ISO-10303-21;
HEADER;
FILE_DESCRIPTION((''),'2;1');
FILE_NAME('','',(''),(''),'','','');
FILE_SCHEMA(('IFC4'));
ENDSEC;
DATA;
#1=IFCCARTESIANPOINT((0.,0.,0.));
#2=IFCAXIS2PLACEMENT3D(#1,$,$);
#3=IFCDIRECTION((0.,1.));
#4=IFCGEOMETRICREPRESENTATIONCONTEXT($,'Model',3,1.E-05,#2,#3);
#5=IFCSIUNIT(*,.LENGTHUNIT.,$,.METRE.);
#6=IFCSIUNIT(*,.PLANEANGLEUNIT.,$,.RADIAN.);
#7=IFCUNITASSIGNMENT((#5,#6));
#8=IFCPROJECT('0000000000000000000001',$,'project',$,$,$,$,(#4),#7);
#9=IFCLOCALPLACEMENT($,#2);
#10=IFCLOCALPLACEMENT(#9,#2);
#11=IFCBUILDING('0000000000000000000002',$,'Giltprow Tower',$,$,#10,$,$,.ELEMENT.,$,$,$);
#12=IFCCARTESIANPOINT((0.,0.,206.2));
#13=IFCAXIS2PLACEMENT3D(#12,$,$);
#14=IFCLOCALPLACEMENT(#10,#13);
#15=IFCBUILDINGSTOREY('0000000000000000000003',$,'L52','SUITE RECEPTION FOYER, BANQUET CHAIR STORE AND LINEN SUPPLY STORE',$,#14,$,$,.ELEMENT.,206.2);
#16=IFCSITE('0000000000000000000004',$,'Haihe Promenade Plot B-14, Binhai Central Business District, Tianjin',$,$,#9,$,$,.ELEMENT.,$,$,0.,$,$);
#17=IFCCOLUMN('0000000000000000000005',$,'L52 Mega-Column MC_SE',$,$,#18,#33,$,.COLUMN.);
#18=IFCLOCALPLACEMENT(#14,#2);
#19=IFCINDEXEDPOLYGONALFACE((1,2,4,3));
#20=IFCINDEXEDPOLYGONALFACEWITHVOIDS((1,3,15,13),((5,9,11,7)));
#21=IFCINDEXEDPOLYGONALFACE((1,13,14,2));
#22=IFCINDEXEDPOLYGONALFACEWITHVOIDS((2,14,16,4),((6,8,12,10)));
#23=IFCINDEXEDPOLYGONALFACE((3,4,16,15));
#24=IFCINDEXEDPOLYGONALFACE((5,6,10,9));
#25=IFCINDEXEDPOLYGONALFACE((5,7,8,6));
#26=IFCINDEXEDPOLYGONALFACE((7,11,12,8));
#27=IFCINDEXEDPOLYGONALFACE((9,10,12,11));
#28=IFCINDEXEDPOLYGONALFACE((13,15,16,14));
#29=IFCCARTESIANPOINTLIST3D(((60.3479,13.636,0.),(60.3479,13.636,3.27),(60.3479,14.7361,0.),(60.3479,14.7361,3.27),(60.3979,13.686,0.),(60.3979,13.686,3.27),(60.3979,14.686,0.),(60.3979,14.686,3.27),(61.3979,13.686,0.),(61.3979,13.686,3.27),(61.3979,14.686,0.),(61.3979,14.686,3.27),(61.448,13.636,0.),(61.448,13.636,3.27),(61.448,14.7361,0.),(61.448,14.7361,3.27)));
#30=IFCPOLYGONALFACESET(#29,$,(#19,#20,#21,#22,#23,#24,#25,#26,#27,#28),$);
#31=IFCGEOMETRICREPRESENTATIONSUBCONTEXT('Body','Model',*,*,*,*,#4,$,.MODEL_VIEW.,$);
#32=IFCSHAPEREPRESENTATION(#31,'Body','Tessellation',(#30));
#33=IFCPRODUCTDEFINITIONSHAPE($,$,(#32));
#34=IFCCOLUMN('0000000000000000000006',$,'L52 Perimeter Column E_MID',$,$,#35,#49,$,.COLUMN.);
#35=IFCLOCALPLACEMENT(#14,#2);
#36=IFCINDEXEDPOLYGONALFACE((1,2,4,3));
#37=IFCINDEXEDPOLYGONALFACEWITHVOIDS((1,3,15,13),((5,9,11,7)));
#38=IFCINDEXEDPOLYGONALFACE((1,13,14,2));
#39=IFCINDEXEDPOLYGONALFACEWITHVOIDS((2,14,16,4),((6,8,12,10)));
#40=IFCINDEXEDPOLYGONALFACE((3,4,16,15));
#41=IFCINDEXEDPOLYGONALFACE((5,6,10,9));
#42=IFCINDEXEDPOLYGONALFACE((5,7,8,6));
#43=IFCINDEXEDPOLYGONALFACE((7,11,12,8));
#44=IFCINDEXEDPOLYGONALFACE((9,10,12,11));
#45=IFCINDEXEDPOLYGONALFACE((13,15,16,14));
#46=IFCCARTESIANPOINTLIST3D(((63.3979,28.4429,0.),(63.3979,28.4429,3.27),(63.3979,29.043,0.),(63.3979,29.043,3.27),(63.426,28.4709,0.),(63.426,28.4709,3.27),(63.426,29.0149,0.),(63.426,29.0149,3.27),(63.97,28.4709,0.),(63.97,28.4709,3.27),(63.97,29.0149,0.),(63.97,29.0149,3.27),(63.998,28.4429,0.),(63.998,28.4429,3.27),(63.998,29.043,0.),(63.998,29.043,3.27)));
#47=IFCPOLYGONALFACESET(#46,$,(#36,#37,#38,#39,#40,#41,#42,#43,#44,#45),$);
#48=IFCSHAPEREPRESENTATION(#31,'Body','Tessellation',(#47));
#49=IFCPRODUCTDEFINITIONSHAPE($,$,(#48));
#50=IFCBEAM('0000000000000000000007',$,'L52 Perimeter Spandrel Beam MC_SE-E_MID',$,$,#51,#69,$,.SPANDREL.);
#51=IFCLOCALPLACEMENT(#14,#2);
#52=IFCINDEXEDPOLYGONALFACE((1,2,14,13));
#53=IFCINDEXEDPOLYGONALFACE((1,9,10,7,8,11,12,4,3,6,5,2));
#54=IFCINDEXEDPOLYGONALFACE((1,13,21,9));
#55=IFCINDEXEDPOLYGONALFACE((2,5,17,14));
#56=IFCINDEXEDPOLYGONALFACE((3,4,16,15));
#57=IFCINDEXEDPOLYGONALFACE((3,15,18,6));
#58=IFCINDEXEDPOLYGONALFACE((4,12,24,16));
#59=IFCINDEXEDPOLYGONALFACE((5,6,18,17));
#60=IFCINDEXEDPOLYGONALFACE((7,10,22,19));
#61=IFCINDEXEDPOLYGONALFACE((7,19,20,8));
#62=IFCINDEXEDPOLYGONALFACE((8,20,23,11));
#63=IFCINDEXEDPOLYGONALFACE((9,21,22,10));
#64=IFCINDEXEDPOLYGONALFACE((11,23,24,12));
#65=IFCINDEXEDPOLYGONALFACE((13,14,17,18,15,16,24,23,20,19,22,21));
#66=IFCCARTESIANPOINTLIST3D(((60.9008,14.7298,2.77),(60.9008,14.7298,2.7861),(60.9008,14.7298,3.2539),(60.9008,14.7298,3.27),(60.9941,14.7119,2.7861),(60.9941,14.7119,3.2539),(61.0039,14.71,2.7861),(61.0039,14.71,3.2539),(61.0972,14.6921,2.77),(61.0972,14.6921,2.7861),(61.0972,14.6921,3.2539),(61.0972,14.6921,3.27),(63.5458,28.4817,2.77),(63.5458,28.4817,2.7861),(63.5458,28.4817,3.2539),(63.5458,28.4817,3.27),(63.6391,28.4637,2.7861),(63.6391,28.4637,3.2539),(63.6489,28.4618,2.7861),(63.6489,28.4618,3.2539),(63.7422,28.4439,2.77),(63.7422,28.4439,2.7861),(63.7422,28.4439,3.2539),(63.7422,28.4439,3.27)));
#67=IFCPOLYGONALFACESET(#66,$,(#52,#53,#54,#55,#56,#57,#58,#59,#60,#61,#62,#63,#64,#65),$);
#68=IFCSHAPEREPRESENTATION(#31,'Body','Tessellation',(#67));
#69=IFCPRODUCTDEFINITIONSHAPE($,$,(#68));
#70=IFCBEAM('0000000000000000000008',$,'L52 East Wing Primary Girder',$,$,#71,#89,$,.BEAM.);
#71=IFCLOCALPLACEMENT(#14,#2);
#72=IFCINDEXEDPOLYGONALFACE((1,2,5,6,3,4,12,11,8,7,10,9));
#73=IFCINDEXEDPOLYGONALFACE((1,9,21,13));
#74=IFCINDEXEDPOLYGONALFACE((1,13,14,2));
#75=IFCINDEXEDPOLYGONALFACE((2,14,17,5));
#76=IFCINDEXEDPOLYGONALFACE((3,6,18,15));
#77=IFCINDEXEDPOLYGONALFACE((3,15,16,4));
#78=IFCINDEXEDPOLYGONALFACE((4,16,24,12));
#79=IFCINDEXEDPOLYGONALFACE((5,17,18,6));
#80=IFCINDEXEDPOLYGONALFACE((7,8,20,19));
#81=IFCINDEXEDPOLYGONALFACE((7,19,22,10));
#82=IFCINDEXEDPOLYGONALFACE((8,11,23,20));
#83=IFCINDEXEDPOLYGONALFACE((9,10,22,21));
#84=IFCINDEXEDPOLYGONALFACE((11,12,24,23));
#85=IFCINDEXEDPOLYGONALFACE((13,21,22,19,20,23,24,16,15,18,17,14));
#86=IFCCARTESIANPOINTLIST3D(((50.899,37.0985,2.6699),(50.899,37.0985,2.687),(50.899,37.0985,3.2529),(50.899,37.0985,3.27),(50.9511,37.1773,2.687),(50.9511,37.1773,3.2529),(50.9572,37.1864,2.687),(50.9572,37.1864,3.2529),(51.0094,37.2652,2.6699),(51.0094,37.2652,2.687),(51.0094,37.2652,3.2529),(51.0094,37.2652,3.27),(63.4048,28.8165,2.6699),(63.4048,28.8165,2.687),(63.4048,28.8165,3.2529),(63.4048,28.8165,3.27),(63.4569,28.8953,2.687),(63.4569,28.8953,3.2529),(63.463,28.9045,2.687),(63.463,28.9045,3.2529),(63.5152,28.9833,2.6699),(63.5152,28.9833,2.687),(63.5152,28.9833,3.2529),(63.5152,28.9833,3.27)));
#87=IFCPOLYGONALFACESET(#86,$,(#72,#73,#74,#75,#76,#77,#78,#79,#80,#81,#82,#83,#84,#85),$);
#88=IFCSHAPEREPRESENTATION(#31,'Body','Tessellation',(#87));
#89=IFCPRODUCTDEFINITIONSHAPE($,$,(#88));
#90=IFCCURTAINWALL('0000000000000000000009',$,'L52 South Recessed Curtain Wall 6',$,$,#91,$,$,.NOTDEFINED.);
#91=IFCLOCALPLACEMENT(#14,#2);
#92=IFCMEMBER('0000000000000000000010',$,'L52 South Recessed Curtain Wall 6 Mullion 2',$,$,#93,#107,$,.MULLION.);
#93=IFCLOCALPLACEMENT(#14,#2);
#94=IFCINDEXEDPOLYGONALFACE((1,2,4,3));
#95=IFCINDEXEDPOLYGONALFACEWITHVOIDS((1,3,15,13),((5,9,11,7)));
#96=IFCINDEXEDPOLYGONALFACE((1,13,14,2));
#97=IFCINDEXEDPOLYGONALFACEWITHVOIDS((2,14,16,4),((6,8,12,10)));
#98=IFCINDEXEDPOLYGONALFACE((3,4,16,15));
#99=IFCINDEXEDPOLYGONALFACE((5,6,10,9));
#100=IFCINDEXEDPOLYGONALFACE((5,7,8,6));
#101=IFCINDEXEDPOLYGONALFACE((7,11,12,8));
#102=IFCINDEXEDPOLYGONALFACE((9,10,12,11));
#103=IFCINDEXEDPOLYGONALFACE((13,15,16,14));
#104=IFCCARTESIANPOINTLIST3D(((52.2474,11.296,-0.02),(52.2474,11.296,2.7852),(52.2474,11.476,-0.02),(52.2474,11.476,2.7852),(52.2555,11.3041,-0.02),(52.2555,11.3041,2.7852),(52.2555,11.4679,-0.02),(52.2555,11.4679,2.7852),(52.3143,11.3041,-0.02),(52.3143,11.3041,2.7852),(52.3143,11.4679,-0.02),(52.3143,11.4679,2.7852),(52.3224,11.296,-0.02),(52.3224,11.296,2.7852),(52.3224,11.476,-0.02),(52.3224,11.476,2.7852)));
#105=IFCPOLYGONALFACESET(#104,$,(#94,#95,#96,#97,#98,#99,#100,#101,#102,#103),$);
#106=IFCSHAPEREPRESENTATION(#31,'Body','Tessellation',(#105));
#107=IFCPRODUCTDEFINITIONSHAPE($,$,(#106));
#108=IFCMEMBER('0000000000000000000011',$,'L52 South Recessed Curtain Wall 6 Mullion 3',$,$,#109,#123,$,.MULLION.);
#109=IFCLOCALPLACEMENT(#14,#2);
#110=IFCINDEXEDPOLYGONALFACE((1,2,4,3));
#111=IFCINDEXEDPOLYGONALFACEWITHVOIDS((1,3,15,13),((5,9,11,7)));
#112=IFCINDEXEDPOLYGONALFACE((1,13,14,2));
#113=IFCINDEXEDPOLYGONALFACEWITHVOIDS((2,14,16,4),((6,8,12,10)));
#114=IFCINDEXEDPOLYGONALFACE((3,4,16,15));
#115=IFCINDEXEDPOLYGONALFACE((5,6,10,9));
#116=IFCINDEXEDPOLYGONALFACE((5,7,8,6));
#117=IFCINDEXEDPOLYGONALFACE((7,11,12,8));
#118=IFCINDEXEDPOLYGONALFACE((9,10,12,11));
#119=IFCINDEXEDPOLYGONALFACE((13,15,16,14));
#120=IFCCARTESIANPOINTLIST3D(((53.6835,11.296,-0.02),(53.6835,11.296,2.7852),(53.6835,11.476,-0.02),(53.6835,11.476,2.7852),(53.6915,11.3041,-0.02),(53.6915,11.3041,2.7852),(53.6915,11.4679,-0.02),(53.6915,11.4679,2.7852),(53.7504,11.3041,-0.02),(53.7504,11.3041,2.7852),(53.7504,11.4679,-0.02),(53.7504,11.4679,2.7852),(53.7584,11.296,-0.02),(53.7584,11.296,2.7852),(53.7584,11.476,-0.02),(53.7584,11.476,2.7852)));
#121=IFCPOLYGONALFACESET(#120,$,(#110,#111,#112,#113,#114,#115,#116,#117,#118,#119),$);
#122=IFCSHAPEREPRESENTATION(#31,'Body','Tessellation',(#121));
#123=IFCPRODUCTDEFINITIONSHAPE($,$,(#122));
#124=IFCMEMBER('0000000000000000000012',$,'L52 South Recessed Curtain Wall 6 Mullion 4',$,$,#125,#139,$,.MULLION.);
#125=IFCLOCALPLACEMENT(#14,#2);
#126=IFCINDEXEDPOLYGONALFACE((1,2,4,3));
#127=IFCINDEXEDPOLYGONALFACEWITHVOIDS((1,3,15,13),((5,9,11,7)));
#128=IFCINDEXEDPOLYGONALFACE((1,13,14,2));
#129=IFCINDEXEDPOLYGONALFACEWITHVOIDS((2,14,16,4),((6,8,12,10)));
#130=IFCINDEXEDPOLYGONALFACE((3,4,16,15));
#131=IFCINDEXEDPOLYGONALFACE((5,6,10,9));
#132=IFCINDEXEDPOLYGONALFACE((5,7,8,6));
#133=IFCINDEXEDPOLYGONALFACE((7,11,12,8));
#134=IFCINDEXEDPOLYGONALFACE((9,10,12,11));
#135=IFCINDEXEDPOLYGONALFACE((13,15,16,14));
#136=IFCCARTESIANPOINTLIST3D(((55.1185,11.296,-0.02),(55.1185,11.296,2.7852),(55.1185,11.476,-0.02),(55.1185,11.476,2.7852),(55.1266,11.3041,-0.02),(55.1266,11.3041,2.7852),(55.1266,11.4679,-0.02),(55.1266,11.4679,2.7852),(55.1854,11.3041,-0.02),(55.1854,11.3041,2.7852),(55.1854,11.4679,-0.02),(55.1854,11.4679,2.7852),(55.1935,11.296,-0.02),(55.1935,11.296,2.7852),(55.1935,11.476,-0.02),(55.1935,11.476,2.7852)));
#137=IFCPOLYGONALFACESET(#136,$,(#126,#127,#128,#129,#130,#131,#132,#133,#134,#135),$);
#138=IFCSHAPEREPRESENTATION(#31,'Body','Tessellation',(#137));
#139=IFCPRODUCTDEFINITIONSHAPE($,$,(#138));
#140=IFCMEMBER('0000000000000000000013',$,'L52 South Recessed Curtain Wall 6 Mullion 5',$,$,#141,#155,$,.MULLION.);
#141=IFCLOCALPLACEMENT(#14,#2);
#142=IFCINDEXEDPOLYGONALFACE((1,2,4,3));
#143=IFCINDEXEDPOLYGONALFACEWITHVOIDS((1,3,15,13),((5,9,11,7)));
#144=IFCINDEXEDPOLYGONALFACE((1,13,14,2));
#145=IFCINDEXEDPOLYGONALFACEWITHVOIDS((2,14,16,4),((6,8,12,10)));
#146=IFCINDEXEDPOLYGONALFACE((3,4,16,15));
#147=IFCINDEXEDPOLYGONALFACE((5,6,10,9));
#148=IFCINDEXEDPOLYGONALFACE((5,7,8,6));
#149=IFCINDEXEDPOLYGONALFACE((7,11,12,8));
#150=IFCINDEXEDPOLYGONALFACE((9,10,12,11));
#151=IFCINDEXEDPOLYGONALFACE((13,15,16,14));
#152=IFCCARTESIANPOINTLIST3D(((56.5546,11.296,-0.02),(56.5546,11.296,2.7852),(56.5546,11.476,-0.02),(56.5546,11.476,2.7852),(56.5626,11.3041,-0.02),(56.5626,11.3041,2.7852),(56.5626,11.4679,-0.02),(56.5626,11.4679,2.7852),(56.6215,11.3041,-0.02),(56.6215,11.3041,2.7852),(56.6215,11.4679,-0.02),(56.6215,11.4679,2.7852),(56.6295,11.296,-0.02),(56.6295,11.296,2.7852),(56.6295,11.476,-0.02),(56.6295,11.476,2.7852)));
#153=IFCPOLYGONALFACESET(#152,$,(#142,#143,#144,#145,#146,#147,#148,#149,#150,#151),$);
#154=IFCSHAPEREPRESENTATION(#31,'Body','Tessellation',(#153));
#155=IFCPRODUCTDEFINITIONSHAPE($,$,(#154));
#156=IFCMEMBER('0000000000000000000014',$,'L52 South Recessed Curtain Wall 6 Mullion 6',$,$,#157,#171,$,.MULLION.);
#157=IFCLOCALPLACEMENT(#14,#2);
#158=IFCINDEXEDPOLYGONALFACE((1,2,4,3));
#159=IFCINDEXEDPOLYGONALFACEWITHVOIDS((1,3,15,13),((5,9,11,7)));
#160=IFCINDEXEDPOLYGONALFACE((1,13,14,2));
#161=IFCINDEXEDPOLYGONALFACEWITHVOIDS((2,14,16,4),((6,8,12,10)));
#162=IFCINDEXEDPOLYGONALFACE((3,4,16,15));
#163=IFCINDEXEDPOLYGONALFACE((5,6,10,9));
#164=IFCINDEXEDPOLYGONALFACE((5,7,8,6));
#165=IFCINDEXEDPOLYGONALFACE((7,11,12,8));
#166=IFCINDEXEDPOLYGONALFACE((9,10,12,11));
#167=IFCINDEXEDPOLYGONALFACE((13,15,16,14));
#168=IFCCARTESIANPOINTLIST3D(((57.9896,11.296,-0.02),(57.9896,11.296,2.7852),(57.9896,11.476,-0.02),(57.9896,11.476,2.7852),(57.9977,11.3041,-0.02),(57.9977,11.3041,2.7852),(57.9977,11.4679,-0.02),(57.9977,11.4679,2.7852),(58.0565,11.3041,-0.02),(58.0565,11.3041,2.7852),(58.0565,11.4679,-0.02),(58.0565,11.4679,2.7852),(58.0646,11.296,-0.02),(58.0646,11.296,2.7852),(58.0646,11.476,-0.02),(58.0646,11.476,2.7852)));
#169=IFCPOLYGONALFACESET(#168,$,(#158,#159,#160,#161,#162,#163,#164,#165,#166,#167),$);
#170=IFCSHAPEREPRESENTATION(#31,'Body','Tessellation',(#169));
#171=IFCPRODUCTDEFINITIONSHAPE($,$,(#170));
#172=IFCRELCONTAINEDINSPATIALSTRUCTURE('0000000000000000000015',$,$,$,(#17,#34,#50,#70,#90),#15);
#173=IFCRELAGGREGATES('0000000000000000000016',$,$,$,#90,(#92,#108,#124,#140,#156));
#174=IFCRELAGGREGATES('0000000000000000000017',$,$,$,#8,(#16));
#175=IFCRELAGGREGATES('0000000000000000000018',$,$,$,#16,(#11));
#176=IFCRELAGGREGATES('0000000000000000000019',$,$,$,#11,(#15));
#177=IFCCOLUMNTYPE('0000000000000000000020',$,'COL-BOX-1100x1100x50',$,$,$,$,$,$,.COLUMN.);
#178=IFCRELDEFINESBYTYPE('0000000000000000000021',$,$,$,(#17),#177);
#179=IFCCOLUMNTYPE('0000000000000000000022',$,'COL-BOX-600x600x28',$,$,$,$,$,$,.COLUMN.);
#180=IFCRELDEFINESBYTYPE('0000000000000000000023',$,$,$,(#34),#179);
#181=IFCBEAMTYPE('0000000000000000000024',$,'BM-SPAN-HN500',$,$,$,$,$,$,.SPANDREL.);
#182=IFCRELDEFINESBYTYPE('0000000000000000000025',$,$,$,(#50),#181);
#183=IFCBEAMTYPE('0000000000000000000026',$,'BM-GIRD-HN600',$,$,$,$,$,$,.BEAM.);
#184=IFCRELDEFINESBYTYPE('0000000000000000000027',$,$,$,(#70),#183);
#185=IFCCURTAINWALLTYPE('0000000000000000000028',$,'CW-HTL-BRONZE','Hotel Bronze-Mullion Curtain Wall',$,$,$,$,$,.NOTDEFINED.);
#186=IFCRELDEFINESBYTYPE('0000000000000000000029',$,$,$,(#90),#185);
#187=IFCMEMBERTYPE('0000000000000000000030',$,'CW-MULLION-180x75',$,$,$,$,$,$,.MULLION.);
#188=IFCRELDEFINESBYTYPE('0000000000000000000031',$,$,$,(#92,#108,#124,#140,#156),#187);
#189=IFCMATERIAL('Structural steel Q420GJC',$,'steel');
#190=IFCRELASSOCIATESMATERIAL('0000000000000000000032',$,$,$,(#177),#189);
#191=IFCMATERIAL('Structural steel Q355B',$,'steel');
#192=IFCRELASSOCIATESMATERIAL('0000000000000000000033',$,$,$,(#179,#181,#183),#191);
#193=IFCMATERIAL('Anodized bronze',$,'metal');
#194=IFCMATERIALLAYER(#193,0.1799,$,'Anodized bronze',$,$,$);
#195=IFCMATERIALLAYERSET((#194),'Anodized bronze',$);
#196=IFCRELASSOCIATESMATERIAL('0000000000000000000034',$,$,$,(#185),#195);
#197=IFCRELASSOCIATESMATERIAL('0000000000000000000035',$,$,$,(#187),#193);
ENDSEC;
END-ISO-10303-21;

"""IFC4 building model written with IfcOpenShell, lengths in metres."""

from ifc_helpers import new_model, si_unit, direction, frame, origin, origin_2d, place, context, subcontext, project, spatial, hollow_rectangle, i_section, extrude, source, transform, mapped, material, layer, layer_set, material_profile, profile_set, type_object, element, aggregate, save


model = new_model("IFC4")

# Units and contexts
model_context = context("Model", 3, precision=1e-05, world=origin(), true_north=direction((0.0, 1.0)))
body_context = subcontext(model_context, "Body", "Model", "MODEL_VIEW")
ifc_project = project(units=[si_unit("LENGTHUNIT", "METRE"), si_unit("PLANEANGLEUNIT", "RADIAN")], contexts=[model_context])

# Site, building, storey
site_placement = place(None, origin())
site = spatial("IfcSite", under=ifc_project, at=site_placement, Name="Haihe Promenade Plot B-14, Binhai Central Business District, Tianjin", CompositionType="ELEMENT", RefElevation=0.0)
building_placement = place(site_placement, origin())
building = spatial("IfcBuilding", under=site, at=building_placement, Name="Giltprow Tower", CompositionType="ELEMENT")
storey_placement = place(building_placement, frame((0.0, 0.0, 206.2)))
storey = spatial("IfcBuildingStorey", under=building, at=storey_placement, Name="L52", Description="SUITE RECEPTION FOYER, BANQUET CHAIR STORE AND LINEN SUPPLY STORE", CompositionType="ELEMENT", Elevation=206.2)

# Columns
ifc_material_1 = material(Name="Structural steel Q420GJC", Category="steel")
ifc_material_profile_1 = material_profile(ifc_material_1, hollow_rectangle(XDim=1.1001, YDim=1.1001, WallThickness=0.05, at=origin_2d()), Name="BOX 1100x1100x50")
ifc_profile_set_1 = profile_set([ifc_material_profile_1], Name="Structural steel Q420GJC")
column_type_1 = type_object("IfcColumnType", Name="COL-BOX-1100x1100x50", PredefinedType="COLUMN", material=ifc_profile_set_1)
shared_shape_1 = source(origin(), body_context, "Body", "SweptSolid", [
    extrude(hollow_rectangle(XDim=1.1001, YDim=1.1001, WallThickness=0.05, at=origin_2d()), origin(), (0.0, 0.0, 1.0), 3.27),
])
column_1_placement = place(storey_placement, frame((60.8979, 14.186, 0.0), z_axis=(0.0, 0.0, 1.0), x_axis=(1.0, 0.0, 0.0)))
element("IfcColumn", 1, at=column_1_placement, inside=storey, type_object=column_type_1, Name="L52 Mega-Column MC_SE", PredefinedType="COLUMN", context=body_context, shape_type="MappedRepresentation", body=[
    mapped(shared_shape_1, transform((0.0, 0.0, 0.0), x_axis=(1.0, 0.0, 0.0), y_axis=(0.0, 1.0, 0.0), z_axis=(0.0, 0.0, 1.0), scale=1.0)),
])
ifc_material_2 = material(Name="Structural steel Q355B", Category="steel")
ifc_material_profile_2 = material_profile(ifc_material_2, hollow_rectangle(XDim=0.6001, YDim=0.6001, WallThickness=0.0281, at=origin_2d()), Name="BOX 600x600x28")
ifc_profile_set_2 = profile_set([ifc_material_profile_2], Name="Structural steel Q355B")
column_type_2 = type_object("IfcColumnType", Name="COL-BOX-600x600x28", PredefinedType="COLUMN", material=ifc_profile_set_2)
shared_shape_2 = source(origin(), body_context, "Body", "SweptSolid", [
    extrude(hollow_rectangle(XDim=0.6001, YDim=0.6001, WallThickness=0.0281, at=origin_2d()), origin(), (0.0, 0.0, 1.0), 3.27),
])
column_2_placement = place(storey_placement, frame((63.698, 28.7429, 0.0), z_axis=(0.0, 0.0, 1.0), x_axis=(1.0, 0.0, 0.0)))
element("IfcColumn", 2, at=column_2_placement, inside=storey, type_object=column_type_2, Name="L52 Perimeter Column E_MID", PredefinedType="COLUMN", context=body_context, shape_type="MappedRepresentation", body=[
    mapped(shared_shape_2, transform((0.0, 0.0, 0.0), x_axis=(1.0, 0.0, 0.0), y_axis=(0.0, 1.0, 0.0), z_axis=(0.0, 0.0, 1.0), scale=1.0)),
])

# Beams
ifc_material_profile_3 = material_profile(ifc_material_2, i_section(OverallWidth=0.2, OverallDepth=0.5, WebThickness=0.01, FlangeThickness=0.0161, at=origin_2d()), Name="HN 500x200x10x16")
ifc_profile_set_3 = profile_set([ifc_material_profile_3], Name="Structural steel Q355B")
beam_type_1 = type_object("IfcBeamType", Name="BM-SPAN-HN500", PredefinedType="SPANDREL", material=ifc_profile_set_3)
shared_shape_3 = source(origin(), body_context, "Body", "SweptSolid", [
    extrude(i_section(OverallWidth=0.2, OverallDepth=0.5, WebThickness=0.01, FlangeThickness=0.0161, at=origin_2d()), origin(), (0.0, 0.0, 1.0), 14.0039),
])
beam_1_placement = place(storey_placement, frame((60.999, 14.7109, 3.02), z_axis=(0.188876, 0.982001, 0.0), x_axis=(-0.982001, 0.188876, 0.0)))
element("IfcBeam", 3, at=beam_1_placement, inside=storey, type_object=beam_type_1, Name="L52 Perimeter Spandrel Beam MC_SE-E_MID", PredefinedType="SPANDREL", context=body_context, shape_type="MappedRepresentation", body=[
    mapped(shared_shape_3, transform((0.0, 0.0, 0.0), x_axis=(1.0, 0.0, 0.0), y_axis=(0.0, 1.0, 0.0), z_axis=(0.0, 0.0, 1.0), scale=1.0)),
])
ifc_material_profile_4 = material_profile(ifc_material_2, i_section(OverallWidth=0.2, OverallDepth=0.6001, WebThickness=0.011, FlangeThickness=0.0171, at=origin_2d()), Name="HN 600x200x11x17")
ifc_profile_set_4 = profile_set([ifc_material_profile_4], Name="Structural steel Q355B")
beam_type_2 = type_object("IfcBeamType", Name="BM-GIRD-HN600", PredefinedType="BEAM", material=ifc_profile_set_4)
shared_shape_4 = source(origin(), body_context, "Body", "SweptSolid", [
    extrude(i_section(OverallWidth=0.2, OverallDepth=0.6001, WebThickness=0.011, FlangeThickness=0.0171, at=origin_2d()), origin(), (0.0, 0.0, 1.0), 14.9995),
])
beam_2_placement = place(storey_placement, frame((63.46, 28.8999, 2.97), z_axis=(-0.833747, 0.552147, 0.0), x_axis=(-0.552147, -0.833747, 0.0)))
element("IfcBeam", 4, at=beam_2_placement, inside=storey, type_object=beam_type_2, Name="L52 East Wing Primary Girder", PredefinedType="BEAM", context=body_context, shape_type="MappedRepresentation", body=[
    mapped(shared_shape_4, transform((0.0, 0.0, 0.0), x_axis=(1.0, 0.0, 0.0), y_axis=(0.0, 1.0, 0.0), z_axis=(0.0, 0.0, 1.0), scale=1.0)),
])

# Curtain wall, members
ifc_material_3 = material(Name="Anodized bronze", Category="metal")
ifc_layer_1 = layer(ifc_material_3, 0.1799, Name="Anodized bronze")
ifc_layer_set_1 = layer_set([ifc_layer_1], Name="Anodized bronze")
curtain_wall_type = type_object("IfcCurtainWallType", Name="CW-HTL-BRONZE", Description="Hotel Bronze-Mullion Curtain Wall", PredefinedType="NOTDEFINED", material=ifc_layer_set_1)
curtain_wall_placement = place(storey_placement, origin())
curtain_wall = element("IfcCurtainWall", 5, at=curtain_wall_placement, inside=storey, type_object=curtain_wall_type, Name="L52 South Recessed Curtain Wall 6", PredefinedType="NOTDEFINED")
ifc_material_profile_5 = material_profile(ifc_material_3, hollow_rectangle(XDim=0.075, YDim=0.1799, WallThickness=0.0081, at=origin_2d()), Name="RHS 180x75x8")
ifc_profile_set_5 = profile_set([ifc_material_profile_5], Name="Anodized bronze")
member_type = type_object("IfcMemberType", Name="CW-MULLION-180x75", PredefinedType="MULLION", material=ifc_profile_set_5)
shared_shape_5 = source(origin(), body_context, "Body", "SweptSolid", [
    extrude(hollow_rectangle(XDim=0.075, YDim=0.1799, WallThickness=0.0081, at=origin_2d()), origin(), (0.0, 0.0, 1.0), 2.8052),
])
member_1_placement = place(storey_placement, frame((52.2849, 11.386, -0.02), z_axis=(0.0, 0.0, 1.0), x_axis=(1.0, 0.0, 0.0)))
member_1 = element("IfcMember", 6, at=member_1_placement, type_object=member_type, Name="L52 South Recessed Curtain Wall 6 Mullion 2", PredefinedType="MULLION", context=body_context, shape_type="MappedRepresentation", body=[
    mapped(shared_shape_5, transform((0.0, 0.0, 0.0), x_axis=(1.0, 0.0, 0.0), y_axis=(0.0, 1.0, 0.0), z_axis=(0.0, 0.0, 1.0), scale=1.0)),
])
member_2_placement = place(storey_placement, frame((53.7209, 11.386, -0.02), z_axis=(0.0, 0.0, 1.0), x_axis=(1.0, 0.0, 0.0)))
member_2 = element("IfcMember", 7, at=member_2_placement, type_object=member_type, Name="L52 South Recessed Curtain Wall 6 Mullion 3", PredefinedType="MULLION", context=body_context, shape_type="MappedRepresentation", body=[
    mapped(shared_shape_5, transform((0.0, 0.0, 0.0), x_axis=(1.0, 0.0, 0.0), y_axis=(0.0, 1.0, 0.0), z_axis=(0.0, 0.0, 1.0), scale=1.0)),
])
member_3_placement = place(storey_placement, frame((55.156, 11.386, -0.02), z_axis=(0.0, 0.0, 1.0), x_axis=(1.0, 0.0, 0.0)))
member_3 = element("IfcMember", 8, at=member_3_placement, type_object=member_type, Name="L52 South Recessed Curtain Wall 6 Mullion 4", PredefinedType="MULLION", context=body_context, shape_type="MappedRepresentation", body=[
    mapped(shared_shape_5, transform((0.0, 0.0, 0.0), x_axis=(1.0, 0.0, 0.0), y_axis=(0.0, 1.0, 0.0), z_axis=(0.0, 0.0, 1.0), scale=1.0)),
])
member_4_placement = place(storey_placement, frame((56.592, 11.386, -0.02), z_axis=(0.0, 0.0, 1.0), x_axis=(1.0, 0.0, 0.0)))
member_4 = element("IfcMember", 9, at=member_4_placement, type_object=member_type, Name="L52 South Recessed Curtain Wall 6 Mullion 5", PredefinedType="MULLION", context=body_context, shape_type="MappedRepresentation", body=[
    mapped(shared_shape_5, transform((0.0, 0.0, 0.0), x_axis=(1.0, 0.0, 0.0), y_axis=(0.0, 1.0, 0.0), z_axis=(0.0, 0.0, 1.0), scale=1.0)),
])
member_5_placement = place(storey_placement, frame((58.0271, 11.386, -0.02), z_axis=(0.0, 0.0, 1.0), x_axis=(1.0, 0.0, 0.0)))
member_5 = element("IfcMember", 10, at=member_5_placement, type_object=member_type, Name="L52 South Recessed Curtain Wall 6 Mullion 6", PredefinedType="MULLION", context=body_context, shape_type="MappedRepresentation", body=[
    mapped(shared_shape_5, transform((0.0, 0.0, 0.0), x_axis=(1.0, 0.0, 0.0), y_axis=(0.0, 1.0, 0.0), z_axis=(0.0, 0.0, 1.0), scale=1.0)),
])
aggregate(curtain_wall, [member_1, member_2, member_3, member_4, member_5])

save(model, "model.ifc")
